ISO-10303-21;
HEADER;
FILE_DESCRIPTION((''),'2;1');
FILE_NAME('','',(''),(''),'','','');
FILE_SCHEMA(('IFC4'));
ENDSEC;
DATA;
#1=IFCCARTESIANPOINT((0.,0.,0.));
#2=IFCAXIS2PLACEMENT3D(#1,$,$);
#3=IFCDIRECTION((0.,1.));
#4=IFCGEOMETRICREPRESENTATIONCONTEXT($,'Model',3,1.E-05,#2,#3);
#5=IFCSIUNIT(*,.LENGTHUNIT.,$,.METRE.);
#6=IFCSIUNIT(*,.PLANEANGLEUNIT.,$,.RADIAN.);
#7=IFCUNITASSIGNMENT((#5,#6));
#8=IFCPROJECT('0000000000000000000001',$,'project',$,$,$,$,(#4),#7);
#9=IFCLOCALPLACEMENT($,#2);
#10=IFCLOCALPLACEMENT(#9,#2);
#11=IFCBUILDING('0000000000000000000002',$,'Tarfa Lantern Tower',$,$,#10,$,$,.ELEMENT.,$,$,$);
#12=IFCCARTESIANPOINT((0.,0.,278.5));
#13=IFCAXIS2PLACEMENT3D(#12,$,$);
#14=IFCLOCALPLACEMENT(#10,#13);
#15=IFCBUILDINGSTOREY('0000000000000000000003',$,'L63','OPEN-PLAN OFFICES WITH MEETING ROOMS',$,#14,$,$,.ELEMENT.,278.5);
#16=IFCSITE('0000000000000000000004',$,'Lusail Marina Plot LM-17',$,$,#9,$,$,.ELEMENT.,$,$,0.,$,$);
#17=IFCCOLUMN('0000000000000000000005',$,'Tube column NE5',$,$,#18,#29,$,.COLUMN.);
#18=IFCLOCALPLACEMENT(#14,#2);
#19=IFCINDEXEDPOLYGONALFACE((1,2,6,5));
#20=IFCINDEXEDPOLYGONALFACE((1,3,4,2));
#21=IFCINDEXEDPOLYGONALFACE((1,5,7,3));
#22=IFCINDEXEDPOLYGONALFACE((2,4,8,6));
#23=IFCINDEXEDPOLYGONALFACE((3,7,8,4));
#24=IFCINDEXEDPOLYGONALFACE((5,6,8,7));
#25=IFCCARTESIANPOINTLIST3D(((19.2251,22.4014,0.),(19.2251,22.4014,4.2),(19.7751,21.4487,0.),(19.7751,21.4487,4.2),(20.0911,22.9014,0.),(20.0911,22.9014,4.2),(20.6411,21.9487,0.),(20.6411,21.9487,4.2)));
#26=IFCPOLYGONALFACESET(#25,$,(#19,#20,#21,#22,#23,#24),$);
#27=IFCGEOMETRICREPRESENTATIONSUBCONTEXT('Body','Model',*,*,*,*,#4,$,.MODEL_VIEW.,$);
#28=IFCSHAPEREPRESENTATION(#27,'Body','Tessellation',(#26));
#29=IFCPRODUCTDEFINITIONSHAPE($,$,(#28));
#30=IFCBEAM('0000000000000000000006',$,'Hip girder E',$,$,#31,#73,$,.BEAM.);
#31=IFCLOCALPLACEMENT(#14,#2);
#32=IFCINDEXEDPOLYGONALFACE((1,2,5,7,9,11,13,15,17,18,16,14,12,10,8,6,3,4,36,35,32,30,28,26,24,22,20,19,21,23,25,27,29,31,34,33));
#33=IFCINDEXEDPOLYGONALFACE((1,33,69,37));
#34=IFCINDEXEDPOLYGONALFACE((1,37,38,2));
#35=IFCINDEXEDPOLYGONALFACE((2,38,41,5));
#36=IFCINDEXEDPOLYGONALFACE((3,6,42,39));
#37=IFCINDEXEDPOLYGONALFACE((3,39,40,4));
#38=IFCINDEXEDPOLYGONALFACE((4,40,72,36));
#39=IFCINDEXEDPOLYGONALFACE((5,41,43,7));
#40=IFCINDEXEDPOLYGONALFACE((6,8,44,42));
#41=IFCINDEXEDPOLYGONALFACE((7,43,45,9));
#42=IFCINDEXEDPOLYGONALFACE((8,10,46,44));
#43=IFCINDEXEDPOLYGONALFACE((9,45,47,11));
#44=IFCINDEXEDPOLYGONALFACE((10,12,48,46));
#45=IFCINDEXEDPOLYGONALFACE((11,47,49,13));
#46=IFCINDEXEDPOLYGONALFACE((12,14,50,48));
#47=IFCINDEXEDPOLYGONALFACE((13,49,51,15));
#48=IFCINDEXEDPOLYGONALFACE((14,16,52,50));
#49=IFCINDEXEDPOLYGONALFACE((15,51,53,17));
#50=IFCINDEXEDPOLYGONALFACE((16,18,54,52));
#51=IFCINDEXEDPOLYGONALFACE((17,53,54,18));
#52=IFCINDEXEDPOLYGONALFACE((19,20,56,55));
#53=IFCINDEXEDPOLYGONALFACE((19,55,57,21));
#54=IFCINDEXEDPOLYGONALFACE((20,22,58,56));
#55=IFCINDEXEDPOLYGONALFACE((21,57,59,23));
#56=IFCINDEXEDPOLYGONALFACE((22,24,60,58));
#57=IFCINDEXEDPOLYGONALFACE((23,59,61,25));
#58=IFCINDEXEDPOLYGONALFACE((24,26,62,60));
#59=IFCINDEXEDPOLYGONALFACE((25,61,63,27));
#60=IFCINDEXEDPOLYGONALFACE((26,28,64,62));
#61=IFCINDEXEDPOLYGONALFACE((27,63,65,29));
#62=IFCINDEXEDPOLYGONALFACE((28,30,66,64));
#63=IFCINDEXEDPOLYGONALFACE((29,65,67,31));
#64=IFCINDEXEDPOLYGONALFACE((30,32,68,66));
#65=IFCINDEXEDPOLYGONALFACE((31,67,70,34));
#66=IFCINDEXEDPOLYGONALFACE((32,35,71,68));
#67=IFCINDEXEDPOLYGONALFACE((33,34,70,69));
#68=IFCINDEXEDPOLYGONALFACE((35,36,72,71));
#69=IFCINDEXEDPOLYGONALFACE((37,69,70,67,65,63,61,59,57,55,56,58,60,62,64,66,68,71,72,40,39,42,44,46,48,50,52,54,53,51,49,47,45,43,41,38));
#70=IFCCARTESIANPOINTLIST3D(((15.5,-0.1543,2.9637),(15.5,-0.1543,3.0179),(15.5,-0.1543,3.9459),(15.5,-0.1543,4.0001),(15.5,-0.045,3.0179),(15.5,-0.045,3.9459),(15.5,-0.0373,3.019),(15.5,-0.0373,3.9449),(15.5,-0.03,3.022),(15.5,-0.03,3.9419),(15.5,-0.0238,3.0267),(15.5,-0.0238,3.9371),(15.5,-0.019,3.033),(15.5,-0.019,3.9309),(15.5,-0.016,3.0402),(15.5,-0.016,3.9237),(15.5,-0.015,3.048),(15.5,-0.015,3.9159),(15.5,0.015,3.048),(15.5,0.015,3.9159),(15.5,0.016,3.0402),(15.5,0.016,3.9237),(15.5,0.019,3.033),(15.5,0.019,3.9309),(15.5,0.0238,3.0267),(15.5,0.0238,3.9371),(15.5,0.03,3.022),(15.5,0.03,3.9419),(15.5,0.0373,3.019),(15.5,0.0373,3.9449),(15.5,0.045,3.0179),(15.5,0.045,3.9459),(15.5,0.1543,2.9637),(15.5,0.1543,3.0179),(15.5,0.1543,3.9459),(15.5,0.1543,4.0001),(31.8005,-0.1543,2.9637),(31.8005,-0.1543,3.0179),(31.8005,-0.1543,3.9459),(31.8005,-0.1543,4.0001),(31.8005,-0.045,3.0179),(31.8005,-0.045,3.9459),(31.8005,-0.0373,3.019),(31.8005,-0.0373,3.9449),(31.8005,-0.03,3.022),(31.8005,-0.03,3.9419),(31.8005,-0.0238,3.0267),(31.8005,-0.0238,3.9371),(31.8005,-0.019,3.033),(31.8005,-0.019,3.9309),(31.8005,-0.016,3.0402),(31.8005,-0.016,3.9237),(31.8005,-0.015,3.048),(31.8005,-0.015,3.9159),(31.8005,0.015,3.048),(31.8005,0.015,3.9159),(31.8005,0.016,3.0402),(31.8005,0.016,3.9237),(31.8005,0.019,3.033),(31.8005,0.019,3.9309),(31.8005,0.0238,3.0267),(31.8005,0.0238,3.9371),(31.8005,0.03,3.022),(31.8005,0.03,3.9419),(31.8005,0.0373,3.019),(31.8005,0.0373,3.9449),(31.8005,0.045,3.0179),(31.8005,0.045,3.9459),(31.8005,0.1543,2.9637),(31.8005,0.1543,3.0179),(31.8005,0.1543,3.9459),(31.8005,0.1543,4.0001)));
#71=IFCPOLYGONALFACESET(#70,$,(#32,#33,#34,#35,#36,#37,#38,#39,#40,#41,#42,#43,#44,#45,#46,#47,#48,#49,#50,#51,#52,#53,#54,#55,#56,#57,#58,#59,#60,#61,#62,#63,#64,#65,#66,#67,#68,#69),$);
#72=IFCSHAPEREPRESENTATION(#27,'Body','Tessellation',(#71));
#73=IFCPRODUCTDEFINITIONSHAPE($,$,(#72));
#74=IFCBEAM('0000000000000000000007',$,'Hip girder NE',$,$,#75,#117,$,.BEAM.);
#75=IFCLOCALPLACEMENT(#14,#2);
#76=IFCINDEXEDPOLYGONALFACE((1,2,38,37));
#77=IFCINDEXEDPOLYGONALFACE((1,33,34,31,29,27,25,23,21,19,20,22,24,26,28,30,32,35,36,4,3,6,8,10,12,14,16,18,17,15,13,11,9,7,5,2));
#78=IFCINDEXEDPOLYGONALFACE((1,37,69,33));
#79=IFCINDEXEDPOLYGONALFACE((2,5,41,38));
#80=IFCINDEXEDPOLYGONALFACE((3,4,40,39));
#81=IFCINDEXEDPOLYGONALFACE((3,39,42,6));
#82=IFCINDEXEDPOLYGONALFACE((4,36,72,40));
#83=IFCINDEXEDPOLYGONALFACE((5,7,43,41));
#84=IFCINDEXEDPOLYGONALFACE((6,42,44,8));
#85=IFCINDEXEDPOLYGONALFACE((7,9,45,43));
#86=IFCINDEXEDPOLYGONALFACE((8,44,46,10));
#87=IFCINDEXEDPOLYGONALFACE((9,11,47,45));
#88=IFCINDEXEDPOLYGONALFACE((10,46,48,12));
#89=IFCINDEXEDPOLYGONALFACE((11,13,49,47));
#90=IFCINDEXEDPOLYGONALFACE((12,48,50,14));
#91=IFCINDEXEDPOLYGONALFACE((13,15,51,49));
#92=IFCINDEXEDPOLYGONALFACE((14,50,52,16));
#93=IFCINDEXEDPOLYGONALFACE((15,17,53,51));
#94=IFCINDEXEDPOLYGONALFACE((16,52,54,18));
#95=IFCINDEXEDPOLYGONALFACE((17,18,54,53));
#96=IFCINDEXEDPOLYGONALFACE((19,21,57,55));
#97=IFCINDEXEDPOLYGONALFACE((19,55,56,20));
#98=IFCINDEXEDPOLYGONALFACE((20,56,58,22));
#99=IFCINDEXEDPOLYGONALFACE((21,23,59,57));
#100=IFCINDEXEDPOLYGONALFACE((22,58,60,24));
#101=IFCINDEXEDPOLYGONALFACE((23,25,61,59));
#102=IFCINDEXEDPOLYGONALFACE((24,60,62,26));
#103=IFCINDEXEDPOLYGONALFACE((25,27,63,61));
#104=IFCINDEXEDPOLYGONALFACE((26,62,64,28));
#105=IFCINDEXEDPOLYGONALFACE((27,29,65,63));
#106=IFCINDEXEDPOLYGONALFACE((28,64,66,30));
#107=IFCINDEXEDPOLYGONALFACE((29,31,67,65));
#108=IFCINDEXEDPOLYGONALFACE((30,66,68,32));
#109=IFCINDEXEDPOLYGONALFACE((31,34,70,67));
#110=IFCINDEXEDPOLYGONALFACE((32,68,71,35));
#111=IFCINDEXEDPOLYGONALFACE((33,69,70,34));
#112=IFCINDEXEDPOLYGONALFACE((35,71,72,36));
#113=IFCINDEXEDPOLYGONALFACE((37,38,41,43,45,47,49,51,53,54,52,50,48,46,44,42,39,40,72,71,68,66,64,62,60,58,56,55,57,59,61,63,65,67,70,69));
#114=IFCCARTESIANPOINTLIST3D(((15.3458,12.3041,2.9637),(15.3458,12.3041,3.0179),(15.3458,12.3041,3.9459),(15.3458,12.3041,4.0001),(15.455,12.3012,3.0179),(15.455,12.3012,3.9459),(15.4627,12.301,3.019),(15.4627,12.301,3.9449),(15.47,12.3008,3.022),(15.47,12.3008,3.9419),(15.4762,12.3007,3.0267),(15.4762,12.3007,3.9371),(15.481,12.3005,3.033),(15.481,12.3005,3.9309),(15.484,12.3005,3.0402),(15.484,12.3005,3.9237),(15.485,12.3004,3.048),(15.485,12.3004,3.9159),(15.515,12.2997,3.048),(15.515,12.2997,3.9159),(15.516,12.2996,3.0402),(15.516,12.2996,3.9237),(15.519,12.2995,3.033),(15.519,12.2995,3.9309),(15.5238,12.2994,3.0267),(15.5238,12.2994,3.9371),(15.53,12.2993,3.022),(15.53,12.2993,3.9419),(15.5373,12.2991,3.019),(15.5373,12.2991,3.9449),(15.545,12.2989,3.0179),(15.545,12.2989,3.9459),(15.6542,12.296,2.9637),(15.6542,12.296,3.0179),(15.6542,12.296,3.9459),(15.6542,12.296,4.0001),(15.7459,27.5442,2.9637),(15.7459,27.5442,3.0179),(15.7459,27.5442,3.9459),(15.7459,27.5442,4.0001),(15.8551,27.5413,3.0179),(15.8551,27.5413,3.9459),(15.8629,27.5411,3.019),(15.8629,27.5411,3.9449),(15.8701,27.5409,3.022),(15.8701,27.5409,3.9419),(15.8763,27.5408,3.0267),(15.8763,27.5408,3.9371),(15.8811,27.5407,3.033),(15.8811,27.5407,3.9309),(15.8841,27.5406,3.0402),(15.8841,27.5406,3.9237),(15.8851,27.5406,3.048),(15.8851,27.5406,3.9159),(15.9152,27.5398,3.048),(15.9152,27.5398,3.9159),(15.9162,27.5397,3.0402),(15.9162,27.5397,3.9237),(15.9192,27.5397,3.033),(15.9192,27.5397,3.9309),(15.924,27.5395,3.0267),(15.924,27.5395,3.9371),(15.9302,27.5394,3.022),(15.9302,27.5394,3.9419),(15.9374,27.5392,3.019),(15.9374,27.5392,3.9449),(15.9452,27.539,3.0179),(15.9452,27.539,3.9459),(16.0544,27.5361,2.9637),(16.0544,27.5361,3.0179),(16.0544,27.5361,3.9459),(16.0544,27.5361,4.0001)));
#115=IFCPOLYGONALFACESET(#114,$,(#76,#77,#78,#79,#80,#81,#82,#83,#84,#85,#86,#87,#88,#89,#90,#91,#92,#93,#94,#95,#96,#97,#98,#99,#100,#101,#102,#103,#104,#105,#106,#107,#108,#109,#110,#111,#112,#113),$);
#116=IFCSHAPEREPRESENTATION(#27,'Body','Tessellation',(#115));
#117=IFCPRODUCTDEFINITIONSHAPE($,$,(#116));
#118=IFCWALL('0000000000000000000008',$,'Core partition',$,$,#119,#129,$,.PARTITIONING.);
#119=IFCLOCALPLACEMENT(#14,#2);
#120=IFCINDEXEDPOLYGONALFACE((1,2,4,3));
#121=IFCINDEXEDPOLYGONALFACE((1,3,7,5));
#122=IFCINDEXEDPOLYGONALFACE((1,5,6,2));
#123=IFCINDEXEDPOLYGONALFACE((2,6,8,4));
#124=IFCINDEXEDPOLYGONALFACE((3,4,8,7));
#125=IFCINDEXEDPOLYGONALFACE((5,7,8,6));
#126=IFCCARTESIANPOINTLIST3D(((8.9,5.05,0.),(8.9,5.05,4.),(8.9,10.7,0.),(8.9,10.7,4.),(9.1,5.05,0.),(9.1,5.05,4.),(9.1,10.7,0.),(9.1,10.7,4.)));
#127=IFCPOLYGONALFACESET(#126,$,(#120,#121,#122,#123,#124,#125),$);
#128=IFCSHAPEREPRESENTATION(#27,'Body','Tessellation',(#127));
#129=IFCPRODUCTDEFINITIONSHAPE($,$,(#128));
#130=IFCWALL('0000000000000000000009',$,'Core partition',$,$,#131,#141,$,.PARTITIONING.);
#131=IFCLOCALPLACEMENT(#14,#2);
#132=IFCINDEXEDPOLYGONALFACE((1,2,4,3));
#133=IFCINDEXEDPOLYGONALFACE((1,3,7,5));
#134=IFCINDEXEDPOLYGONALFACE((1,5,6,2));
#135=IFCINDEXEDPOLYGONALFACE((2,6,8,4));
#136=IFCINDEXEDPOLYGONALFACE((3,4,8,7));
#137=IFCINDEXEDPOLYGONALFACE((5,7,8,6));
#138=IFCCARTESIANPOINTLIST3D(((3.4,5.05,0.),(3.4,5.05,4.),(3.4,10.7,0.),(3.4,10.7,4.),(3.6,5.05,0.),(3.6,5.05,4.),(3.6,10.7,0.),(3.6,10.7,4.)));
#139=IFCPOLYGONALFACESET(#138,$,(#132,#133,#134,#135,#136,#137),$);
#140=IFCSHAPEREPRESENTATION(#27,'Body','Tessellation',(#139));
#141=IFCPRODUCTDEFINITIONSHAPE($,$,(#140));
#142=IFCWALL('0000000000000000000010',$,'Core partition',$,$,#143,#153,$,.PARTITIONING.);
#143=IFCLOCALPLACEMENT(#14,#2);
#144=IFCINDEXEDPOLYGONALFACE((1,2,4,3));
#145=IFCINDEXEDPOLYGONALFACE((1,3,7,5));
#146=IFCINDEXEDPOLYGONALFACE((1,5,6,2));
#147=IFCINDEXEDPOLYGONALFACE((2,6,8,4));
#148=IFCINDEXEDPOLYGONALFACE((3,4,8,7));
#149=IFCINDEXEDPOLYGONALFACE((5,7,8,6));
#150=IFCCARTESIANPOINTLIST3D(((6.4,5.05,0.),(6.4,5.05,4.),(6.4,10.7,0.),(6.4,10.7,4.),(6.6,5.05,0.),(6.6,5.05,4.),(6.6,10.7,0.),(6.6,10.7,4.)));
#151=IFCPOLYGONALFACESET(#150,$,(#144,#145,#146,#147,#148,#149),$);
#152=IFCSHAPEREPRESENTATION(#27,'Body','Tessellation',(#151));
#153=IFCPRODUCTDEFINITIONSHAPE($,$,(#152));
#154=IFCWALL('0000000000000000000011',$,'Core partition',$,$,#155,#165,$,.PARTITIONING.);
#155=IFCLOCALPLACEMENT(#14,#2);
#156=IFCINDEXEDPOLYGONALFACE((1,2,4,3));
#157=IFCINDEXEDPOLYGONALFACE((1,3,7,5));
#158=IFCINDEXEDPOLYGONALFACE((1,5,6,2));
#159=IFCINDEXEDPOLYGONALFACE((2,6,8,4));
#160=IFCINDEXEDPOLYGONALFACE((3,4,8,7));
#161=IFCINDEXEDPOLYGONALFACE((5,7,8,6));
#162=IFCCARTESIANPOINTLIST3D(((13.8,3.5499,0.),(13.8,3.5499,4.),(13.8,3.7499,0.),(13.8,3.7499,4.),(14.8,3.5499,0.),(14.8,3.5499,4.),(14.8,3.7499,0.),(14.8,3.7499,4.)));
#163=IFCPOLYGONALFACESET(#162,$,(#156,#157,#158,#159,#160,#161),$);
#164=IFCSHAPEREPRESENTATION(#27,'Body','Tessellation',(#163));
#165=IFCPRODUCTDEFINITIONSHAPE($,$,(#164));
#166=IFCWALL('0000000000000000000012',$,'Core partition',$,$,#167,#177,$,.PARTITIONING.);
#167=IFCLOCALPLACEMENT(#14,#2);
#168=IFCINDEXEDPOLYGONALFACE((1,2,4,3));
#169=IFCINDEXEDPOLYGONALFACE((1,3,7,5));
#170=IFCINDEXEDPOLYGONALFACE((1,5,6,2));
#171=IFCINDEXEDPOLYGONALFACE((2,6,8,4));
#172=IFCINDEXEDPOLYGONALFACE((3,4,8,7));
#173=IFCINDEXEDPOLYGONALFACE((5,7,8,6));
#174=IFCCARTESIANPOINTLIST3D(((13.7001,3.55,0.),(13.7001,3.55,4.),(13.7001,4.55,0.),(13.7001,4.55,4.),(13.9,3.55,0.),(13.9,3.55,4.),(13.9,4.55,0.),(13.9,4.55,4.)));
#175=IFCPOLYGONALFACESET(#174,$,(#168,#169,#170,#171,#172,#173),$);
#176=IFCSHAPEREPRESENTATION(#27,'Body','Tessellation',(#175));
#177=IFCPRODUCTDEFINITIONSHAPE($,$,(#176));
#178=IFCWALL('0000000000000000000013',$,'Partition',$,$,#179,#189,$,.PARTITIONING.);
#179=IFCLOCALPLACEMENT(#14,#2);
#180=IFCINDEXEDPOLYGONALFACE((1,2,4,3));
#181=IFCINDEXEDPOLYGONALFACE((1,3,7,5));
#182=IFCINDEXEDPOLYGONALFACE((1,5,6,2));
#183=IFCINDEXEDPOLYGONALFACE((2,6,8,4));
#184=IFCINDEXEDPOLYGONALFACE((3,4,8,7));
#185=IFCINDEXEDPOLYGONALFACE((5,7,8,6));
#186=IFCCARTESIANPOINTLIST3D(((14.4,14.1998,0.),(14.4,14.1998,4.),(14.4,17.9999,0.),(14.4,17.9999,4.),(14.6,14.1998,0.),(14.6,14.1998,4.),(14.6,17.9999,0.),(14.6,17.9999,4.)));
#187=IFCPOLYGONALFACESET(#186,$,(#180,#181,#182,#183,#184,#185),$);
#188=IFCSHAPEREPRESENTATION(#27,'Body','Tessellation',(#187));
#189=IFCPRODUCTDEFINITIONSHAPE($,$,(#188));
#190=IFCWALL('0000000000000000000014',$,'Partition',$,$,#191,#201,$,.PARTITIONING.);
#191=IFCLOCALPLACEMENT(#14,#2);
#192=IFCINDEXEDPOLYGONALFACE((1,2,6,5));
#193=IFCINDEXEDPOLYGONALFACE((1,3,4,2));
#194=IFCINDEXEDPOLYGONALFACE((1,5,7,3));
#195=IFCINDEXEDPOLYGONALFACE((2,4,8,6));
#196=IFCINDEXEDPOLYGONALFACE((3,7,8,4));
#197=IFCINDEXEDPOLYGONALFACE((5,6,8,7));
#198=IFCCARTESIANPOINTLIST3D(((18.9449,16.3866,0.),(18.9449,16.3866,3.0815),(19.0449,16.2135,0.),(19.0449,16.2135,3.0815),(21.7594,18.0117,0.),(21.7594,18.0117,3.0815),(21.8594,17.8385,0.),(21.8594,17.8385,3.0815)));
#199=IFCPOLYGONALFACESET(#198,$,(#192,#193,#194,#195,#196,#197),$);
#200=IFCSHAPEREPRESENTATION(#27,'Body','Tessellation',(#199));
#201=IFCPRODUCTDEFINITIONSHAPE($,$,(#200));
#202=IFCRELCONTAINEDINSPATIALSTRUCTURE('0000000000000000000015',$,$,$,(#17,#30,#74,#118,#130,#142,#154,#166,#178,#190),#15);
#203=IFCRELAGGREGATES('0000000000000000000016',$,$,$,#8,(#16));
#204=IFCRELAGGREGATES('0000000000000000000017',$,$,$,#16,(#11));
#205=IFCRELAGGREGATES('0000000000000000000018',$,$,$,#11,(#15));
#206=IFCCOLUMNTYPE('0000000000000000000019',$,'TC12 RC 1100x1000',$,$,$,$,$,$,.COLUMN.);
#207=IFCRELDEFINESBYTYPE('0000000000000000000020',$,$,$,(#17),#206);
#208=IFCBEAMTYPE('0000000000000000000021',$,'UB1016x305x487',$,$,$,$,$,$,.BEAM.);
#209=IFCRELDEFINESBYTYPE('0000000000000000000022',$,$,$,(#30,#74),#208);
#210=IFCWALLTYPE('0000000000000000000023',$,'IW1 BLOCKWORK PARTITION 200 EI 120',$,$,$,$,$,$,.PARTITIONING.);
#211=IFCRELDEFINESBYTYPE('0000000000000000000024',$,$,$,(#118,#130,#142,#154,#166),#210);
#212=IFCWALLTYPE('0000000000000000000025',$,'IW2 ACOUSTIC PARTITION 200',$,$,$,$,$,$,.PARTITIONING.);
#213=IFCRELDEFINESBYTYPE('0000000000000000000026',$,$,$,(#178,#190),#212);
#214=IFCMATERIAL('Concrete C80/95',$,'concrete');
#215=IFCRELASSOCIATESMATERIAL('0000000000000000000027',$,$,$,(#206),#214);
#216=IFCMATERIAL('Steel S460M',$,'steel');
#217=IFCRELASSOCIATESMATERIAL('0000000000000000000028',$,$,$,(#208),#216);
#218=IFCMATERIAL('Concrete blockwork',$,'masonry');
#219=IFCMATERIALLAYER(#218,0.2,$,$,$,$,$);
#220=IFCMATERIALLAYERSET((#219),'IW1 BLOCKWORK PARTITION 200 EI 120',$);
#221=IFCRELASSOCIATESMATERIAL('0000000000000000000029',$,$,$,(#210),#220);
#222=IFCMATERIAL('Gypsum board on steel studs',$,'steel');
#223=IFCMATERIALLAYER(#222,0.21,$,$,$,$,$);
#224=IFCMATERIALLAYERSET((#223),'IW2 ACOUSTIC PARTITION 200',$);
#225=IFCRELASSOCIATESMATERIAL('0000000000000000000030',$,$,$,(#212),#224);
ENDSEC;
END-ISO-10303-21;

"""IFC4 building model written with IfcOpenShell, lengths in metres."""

from ifc_helpers import new_model, si_unit, direction, frame, frame_2d, origin, origin_2d, place, context, subcontext, project, spatial, rectangle, i_section, extrude, material, layer, layer_set, material_profile, profile_set, type_object, element, save


model = new_model("IFC4")

# Units and contexts
model_context = context("Model", 3, precision=1e-05, world=origin(), true_north=direction((0.0, 1.0)))
body_context = subcontext(model_context, "Body", "Model", "MODEL_VIEW")
ifc_project = project(units=[si_unit("LENGTHUNIT", "METRE"), si_unit("PLANEANGLEUNIT", "RADIAN")], contexts=[model_context])

# Site, building, storey
site_placement = place(None, origin())
site = spatial("IfcSite", under=ifc_project, at=site_placement, Name="Lusail Marina Plot LM-17", CompositionType="ELEMENT", RefElevation=0.0)
building_placement = place(site_placement, origin())
building = spatial("IfcBuilding", under=site, at=building_placement, Name="Tarfa Lantern Tower", CompositionType="ELEMENT")
storey_placement = place(building_placement, frame((0.0, 0.0, 278.5)))
storey = spatial("IfcBuildingStorey", under=building, at=storey_placement, Name="L63", Description="OPEN-PLAN OFFICES WITH MEETING ROOMS", CompositionType="ELEMENT", Elevation=278.5)

# Column
ifc_material_1 = material(Name="Concrete C80/95", Category="concrete")
ifc_material_profile_1 = material_profile(ifc_material_1, rectangle(XDim=1.1001, YDim=1.0, at=origin_2d()), Name="RC 1100x1000")
ifc_profile_set_1 = profile_set([ifc_material_profile_1], Name="Concrete C80/95")
column_type = type_object("IfcColumnType", Name="TC12 RC 1100x1000", PredefinedType="COLUMN", material=ifc_profile_set_1)
column_placement = place(storey_placement, frame((19.9331, 22.175, 0.0), z_axis=(0.0, 0.0, 1.0), x_axis=(-0.5, 0.866025, 0.0)))
element("IfcColumn", 1, at=column_placement, inside=storey, type_object=column_type, Name="Tube column NE5", PredefinedType="COLUMN", context=body_context, shape_type="SweptSolid", body=[
    extrude(rectangle(XDim=1.1001, YDim=1.0, at=origin_2d()), origin(), (0.0, 0.0, 1.0), 4.2),
])

# Beams
ifc_material_2 = material(Name="Steel S460M", Category="steel")
ifc_material_profile_2 = material_profile(ifc_material_2, i_section(OverallWidth=0.3086, OverallDepth=1.0364, WebThickness=0.03, FlangeThickness=0.0542, FilletRadius=0.03, at=origin_2d()), Name="UB1016x305x487")
ifc_profile_set_2 = profile_set([ifc_material_profile_2], Name="Steel S460M")
beam_type = type_object("IfcBeamType", Name="UB1016x305x487", PredefinedType="BEAM", material=ifc_profile_set_2)
beam_1_placement = place(storey_placement, frame((15.5, 0.0, 3.4819), z_axis=(1.0, 0.0, 0.0), x_axis=(0.0, 1.0, 0.0)))
element("IfcBeam", 2, at=beam_1_placement, inside=storey, type_object=beam_type, Name="Hip girder E", PredefinedType="BEAM", context=body_context, shape_type="SweptSolid", body=[
    extrude(i_section(OverallWidth=0.3086, OverallDepth=1.0364, WebThickness=0.03, FlangeThickness=0.0542, FilletRadius=0.03, at=origin_2d()), origin(), (0.0, 0.0, 1.0), 16.3005),
])
beam_2_placement = place(storey_placement, frame((15.5, 12.3, 3.4819), z_axis=(0.026247, 0.999655, 0.0), x_axis=(-0.999655, 0.026247, 0.0)))
element("IfcBeam", 3, at=beam_2_placement, inside=storey, type_object=beam_type, Name="Hip girder NE", PredefinedType="BEAM", context=body_context, shape_type="SweptSolid", body=[
    extrude(i_section(OverallWidth=0.3086, OverallDepth=1.0364, WebThickness=0.03, FlangeThickness=0.0542, FilletRadius=0.03, at=origin_2d()), origin(), (0.0, 0.0, 1.0), 15.2454),
])

# Walls
ifc_material_3 = material(Name="Concrete blockwork", Category="masonry")
ifc_layer_1 = layer(ifc_material_3, 0.2)
ifc_layer_set_1 = layer_set([ifc_layer_1], Name="IW1 BLOCKWORK PARTITION 200 EI 120")
wall_type_1 = type_object("IfcWallType", Name="IW1 BLOCKWORK PARTITION 200 EI 120", PredefinedType="PARTITIONING", material=ifc_layer_set_1)
for number, where, z_axis, x_axis, name in (
    (4, (9.0, 5.05, 0.0), (0.0, 0.0, 1.0), (0.0, 1.0, 0.0), "Core partition"),
    (5, (3.5, 5.05, 0.0), (0.0, 0.0, 1.0), (0.0, 1.0, 0.0), "Core partition"),
    (6, (6.5, 5.05, 0.0), (0.0, 0.0, 1.0), (0.0, 1.0, 0.0), "Core partition"),
):
    element("IfcWall", number, at=place(storey_placement, frame(where, z_axis=z_axis, x_axis=x_axis)), inside=storey, type_object=wall_type_1, Name=name, PredefinedType="PARTITIONING", context=body_context, shape_type="SweptSolid", body=[
        extrude(rectangle(XDim=5.6499, YDim=0.2, at=frame_2d((2.825, 0.0))), origin(), (0.0, 0.0, 1.0), 4.0),
    ])
for number, where, z_axis, x_axis, name in (
    (7, (13.8, 3.6499, 0.0), (0.0, 0.0, 1.0), (1.0, 0.0, 0.0), "Core partition"),
    (8, (13.8, 3.55, 0.0), (0.0, 0.0, 1.0), (0.0, 1.0, 0.0), "Core partition"),
):
    element("IfcWall", number, at=place(storey_placement, frame(where, z_axis=z_axis, x_axis=x_axis)), inside=storey, type_object=wall_type_1, Name=name, PredefinedType="PARTITIONING", context=body_context, shape_type="SweptSolid", body=[
        extrude(rectangle(XDim=1.0, YDim=0.2, at=frame_2d((0.5, 0.0))), origin(), (0.0, 0.0, 1.0), 4.0),
    ])
ifc_material_4 = material(Name="Gypsum board on steel studs", Category="steel")
ifc_layer_2 = layer(ifc_material_4, 0.21)
ifc_layer_set_2 = layer_set([ifc_layer_2], Name="IW2 ACOUSTIC PARTITION 200")
wall_type_2 = type_object("IfcWallType", Name="IW2 ACOUSTIC PARTITION 200", PredefinedType="PARTITIONING", material=ifc_layer_set_2)
wall_1_placement = place(storey_placement, frame((14.5, 14.2, 0.0), z_axis=(0.0, 0.0, 1.0), x_axis=(0.0, 1.0, 0.0)))
element("IfcWall", 9, at=wall_1_placement, inside=storey, type_object=wall_type_2, Name="Partition", PredefinedType="PARTITIONING", context=body_context, shape_type="SweptSolid", body=[
    extrude(rectangle(XDim=3.8, YDim=0.2, at=frame_2d((1.8999, 0.0))), origin(), (0.0, 0.0, 1.0), 4.0),
])
wall_2_placement = place(storey_placement, frame((18.9949, 16.3, 0.0), z_axis=(0.0, 0.0, 1.0), x_axis=(0.866015, 0.500017, 0.0)))
element("IfcWall", 10, at=wall_2_placement, inside=storey, type_object=wall_type_2, Name="Partition", PredefinedType="PARTITIONING", context=body_context, shape_type="SweptSolid", body=[
    extrude(rectangle(XDim=3.25, YDim=0.2, at=frame_2d((1.625, 0.0))), origin(), (0.0, 0.0, 1.0), 3.0815),
])

save(model, "model.ifc")
